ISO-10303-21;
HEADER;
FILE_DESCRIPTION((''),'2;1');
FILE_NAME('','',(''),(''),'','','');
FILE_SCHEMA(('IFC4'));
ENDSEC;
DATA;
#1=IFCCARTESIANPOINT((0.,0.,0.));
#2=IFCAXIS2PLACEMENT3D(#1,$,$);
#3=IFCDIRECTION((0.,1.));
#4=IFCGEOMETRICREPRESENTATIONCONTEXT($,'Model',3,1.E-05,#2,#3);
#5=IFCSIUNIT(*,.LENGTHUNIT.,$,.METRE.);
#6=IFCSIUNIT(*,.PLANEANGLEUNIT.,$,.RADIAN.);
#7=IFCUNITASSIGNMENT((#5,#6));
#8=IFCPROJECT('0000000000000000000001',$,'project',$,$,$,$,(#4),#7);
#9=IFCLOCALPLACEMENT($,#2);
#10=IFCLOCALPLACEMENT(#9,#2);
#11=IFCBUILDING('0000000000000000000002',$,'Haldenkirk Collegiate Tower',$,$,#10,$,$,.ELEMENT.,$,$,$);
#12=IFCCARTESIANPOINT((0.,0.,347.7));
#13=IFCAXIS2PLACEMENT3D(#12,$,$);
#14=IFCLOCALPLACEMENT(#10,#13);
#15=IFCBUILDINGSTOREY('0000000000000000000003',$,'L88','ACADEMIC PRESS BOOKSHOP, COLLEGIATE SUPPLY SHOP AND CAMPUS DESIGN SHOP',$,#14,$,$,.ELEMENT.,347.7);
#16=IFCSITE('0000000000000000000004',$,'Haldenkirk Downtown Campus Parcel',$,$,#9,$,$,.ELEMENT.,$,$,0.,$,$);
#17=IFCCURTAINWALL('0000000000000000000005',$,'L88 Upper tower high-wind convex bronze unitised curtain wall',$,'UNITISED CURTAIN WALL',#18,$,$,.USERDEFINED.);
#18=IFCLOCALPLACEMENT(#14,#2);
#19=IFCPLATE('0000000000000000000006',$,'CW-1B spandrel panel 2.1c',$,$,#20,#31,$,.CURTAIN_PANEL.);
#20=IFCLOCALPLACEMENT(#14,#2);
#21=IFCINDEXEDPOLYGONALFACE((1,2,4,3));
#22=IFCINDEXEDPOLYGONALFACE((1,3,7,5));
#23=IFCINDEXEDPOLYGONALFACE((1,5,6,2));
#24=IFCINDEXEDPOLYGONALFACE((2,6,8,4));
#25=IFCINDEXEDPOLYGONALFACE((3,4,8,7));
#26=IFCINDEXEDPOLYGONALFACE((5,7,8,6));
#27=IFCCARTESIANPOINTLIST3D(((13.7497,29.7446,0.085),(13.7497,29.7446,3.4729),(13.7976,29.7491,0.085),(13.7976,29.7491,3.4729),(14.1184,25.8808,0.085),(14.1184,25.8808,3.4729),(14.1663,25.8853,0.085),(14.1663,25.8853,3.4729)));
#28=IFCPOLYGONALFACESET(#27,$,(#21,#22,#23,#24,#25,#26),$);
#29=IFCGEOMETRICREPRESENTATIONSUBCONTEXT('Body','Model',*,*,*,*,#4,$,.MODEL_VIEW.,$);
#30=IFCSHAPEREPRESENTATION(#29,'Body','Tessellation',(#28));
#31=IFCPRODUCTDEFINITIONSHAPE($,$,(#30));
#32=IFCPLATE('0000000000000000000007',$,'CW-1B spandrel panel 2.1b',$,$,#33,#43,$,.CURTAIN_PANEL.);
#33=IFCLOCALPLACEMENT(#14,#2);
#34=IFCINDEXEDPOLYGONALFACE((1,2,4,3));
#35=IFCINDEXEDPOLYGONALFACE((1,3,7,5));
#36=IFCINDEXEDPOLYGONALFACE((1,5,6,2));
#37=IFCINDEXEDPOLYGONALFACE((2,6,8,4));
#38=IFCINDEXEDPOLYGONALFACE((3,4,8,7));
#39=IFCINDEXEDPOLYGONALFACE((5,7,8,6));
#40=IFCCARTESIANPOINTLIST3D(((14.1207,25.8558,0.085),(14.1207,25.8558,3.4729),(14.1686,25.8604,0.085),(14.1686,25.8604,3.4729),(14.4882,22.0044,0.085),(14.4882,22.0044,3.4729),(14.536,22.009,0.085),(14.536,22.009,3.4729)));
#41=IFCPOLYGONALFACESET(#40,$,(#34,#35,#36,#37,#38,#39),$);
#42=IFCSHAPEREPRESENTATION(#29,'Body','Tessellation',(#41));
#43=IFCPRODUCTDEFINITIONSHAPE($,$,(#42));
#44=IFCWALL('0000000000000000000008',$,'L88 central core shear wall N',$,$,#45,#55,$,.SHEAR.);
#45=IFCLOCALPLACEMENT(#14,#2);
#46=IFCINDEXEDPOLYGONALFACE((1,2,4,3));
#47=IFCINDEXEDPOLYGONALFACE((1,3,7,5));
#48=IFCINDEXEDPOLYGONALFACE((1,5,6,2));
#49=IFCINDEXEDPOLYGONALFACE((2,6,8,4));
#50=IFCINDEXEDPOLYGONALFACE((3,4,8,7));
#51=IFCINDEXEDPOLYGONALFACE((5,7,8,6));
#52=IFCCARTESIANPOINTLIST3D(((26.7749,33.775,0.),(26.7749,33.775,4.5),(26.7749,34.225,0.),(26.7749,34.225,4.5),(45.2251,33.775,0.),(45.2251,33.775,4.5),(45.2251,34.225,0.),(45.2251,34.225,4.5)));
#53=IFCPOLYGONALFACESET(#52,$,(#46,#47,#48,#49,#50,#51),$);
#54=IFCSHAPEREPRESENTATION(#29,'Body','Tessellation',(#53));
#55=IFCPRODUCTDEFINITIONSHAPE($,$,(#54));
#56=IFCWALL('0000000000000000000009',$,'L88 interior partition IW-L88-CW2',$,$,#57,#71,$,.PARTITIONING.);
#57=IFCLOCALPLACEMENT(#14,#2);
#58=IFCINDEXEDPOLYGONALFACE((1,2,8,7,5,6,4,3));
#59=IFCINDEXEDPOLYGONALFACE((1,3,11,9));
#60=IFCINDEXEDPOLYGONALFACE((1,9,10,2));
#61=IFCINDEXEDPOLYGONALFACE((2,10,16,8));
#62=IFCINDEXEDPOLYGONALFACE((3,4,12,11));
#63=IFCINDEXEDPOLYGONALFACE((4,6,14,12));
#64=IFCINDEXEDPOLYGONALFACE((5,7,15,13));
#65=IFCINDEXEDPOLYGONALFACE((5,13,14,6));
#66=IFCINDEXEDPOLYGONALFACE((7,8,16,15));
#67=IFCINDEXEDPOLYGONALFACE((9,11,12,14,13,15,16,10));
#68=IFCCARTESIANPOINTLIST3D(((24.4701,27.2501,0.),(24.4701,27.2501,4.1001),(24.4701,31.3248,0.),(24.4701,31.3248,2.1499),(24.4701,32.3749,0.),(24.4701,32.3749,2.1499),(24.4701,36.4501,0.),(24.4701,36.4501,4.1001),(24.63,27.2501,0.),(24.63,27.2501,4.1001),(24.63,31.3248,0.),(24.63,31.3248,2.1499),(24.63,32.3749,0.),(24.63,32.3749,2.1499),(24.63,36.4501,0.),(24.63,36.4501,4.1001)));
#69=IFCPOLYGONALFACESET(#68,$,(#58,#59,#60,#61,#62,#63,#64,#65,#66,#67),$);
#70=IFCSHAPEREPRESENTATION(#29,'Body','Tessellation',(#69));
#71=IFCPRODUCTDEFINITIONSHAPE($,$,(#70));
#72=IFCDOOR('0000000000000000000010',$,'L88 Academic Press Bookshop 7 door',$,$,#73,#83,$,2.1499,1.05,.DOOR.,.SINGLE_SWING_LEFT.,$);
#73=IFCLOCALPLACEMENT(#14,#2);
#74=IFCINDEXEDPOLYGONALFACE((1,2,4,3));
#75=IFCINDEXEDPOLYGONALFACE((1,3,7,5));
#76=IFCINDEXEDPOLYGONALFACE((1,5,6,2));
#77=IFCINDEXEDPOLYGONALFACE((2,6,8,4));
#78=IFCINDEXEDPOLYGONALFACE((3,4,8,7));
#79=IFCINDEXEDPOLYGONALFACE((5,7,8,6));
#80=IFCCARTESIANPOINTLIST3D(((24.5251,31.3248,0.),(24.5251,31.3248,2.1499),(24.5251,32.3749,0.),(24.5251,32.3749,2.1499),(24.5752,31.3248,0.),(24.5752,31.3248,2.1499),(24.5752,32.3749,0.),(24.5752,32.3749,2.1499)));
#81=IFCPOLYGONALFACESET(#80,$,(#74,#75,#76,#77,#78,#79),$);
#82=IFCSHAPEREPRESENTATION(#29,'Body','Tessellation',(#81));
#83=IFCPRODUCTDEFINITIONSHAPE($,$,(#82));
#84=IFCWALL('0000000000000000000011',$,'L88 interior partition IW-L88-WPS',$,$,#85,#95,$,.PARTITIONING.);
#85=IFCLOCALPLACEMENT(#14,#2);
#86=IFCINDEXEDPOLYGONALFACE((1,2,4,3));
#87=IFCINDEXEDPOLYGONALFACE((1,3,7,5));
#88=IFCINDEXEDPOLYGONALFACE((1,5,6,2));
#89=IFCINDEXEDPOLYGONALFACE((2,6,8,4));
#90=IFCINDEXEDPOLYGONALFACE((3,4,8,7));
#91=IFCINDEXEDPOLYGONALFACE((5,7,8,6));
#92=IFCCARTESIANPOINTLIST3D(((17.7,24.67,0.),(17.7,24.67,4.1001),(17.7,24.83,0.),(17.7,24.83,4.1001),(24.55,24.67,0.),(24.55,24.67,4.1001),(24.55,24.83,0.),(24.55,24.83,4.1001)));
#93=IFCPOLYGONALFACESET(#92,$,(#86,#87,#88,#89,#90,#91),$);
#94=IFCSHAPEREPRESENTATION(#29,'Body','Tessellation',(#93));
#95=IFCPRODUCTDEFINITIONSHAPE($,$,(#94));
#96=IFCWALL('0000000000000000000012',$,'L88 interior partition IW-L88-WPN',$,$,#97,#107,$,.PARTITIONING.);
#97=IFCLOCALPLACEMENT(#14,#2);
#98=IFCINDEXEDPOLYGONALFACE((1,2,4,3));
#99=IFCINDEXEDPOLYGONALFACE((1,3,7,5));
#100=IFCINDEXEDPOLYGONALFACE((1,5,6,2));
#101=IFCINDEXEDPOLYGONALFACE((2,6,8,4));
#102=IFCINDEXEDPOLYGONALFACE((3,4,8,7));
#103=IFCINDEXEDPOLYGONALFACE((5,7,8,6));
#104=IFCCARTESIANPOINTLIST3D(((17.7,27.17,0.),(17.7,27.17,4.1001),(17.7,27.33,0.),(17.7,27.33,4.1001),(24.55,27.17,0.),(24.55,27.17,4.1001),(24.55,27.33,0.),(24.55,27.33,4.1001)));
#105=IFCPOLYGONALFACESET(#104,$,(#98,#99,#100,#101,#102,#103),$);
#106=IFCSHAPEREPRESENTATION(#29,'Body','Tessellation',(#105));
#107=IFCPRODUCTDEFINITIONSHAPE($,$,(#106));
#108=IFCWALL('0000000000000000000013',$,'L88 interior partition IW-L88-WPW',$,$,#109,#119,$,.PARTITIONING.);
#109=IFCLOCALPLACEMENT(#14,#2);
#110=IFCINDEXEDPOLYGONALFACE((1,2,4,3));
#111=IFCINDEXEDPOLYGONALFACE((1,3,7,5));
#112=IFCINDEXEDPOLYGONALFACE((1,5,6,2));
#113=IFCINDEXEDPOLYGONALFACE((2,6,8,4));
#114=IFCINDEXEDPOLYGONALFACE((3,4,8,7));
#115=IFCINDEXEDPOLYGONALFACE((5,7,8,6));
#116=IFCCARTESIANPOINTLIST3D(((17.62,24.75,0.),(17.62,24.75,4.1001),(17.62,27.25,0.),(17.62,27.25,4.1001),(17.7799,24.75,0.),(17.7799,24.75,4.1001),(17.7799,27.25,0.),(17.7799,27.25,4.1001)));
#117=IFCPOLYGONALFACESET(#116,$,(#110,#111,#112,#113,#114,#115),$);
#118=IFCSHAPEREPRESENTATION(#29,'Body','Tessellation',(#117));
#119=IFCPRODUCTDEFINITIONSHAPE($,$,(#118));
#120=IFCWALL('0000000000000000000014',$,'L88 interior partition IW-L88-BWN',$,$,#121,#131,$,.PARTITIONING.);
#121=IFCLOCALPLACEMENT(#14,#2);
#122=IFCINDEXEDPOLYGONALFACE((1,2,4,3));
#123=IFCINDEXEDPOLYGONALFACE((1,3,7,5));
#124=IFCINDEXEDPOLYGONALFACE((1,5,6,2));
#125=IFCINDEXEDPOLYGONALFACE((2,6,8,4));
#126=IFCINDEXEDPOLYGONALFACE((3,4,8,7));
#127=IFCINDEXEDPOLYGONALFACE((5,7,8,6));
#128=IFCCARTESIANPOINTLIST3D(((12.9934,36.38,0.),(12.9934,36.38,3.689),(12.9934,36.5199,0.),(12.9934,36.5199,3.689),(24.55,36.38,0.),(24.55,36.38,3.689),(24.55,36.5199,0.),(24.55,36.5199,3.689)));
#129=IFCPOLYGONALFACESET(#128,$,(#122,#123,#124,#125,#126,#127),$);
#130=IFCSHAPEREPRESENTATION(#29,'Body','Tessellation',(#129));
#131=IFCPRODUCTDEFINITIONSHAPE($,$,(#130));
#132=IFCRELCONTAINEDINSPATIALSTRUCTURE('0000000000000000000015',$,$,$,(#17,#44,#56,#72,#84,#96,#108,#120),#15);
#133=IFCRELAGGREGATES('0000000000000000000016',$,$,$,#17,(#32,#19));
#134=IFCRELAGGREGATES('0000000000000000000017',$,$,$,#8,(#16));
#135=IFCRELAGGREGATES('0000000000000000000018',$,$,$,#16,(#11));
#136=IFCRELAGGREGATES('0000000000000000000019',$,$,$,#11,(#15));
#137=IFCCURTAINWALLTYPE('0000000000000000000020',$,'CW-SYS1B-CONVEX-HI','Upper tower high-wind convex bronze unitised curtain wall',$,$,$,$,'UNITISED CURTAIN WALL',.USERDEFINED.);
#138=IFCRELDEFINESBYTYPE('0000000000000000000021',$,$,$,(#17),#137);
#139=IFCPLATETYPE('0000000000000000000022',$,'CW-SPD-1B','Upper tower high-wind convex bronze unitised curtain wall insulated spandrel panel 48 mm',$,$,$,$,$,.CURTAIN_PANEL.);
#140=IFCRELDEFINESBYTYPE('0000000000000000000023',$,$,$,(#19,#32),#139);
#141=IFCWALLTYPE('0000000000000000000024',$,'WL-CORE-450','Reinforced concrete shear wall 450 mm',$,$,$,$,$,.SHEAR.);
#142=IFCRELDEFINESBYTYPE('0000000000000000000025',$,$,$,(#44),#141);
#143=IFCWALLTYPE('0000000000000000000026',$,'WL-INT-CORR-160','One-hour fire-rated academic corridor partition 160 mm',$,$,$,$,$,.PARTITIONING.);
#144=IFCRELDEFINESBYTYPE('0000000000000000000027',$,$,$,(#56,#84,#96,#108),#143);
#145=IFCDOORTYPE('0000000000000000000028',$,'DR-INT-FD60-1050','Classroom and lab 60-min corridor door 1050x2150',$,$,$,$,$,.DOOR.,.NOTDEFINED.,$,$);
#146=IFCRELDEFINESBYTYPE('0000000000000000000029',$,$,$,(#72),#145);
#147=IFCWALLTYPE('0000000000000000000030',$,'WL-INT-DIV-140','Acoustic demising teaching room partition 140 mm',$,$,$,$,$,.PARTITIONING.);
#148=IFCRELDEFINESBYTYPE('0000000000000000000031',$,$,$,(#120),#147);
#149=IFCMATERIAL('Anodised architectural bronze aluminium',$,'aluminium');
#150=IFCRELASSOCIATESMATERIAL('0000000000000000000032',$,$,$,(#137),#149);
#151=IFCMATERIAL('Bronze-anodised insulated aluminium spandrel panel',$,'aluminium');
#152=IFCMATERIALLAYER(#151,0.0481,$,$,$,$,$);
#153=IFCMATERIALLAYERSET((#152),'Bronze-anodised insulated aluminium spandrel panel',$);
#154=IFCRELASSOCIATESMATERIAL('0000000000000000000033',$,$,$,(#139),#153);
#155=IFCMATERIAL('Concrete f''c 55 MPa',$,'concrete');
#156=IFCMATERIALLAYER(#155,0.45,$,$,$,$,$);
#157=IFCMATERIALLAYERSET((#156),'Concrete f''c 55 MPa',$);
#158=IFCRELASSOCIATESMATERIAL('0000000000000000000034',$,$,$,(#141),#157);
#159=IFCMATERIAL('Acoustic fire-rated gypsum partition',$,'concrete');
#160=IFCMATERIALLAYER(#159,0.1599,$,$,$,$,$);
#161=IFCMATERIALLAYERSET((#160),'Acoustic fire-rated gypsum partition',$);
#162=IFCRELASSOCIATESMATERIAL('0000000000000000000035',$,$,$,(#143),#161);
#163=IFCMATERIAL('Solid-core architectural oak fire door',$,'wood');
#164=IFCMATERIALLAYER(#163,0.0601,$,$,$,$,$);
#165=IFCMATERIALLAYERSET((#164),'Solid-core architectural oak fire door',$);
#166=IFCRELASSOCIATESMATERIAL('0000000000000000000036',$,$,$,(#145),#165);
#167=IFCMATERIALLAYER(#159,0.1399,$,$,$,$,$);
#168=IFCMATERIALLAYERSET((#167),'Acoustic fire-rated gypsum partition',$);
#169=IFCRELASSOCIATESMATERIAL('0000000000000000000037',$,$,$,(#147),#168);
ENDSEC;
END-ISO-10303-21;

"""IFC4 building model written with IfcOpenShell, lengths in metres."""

from ifc_helpers import new_model, si_unit, direction, frame, frame_2d, origin, origin_2d, place, context, subcontext, project, spatial, rectangle, extrude, source, transform, mapped, material, layer, layer_set, type_object, element, fill, aggregate, save


model = new_model("IFC4")

# Units and contexts
model_context = context("Model", 3, precision=1e-05, world=origin(), true_north=direction((0.0, 1.0)))
body_context = subcontext(model_context, "Body", "Model", "MODEL_VIEW")
ifc_project = project(units=[si_unit("LENGTHUNIT", "METRE"), si_unit("PLANEANGLEUNIT", "RADIAN")], contexts=[model_context])

# Site, building, storey
site_placement = place(None, origin())
site = spatial("IfcSite", under=ifc_project, at=site_placement, Name="Haldenkirk Downtown Campus Parcel", CompositionType="ELEMENT", RefElevation=0.0)
building_placement = place(site_placement, origin())
building = spatial("IfcBuilding", under=site, at=building_placement, Name="Haldenkirk Collegiate Tower", CompositionType="ELEMENT")
storey_placement = place(building_placement, frame((0.0, 0.0, 347.7)))
storey = spatial("IfcBuildingStorey", under=building, at=storey_placement, Name="L88", Description="ACADEMIC PRESS BOOKSHOP, COLLEGIATE SUPPLY SHOP AND CAMPUS DESIGN SHOP", CompositionType="ELEMENT", Elevation=347.7)

# Curtain wall, plates
ifc_material_1 = material(Name="Anodised architectural bronze aluminium", Category="aluminium")
curtain_wall_type = type_object("IfcCurtainWallType", Name="CW-SYS1B-CONVEX-HI", Description="Upper tower high-wind convex bronze unitised curtain wall", ElementType="UNITISED CURTAIN WALL", PredefinedType="USERDEFINED", material=ifc_material_1)
curtain_wall_placement = place(storey_placement, origin())
curtain_wall = element("IfcCurtainWall", 1, at=curtain_wall_placement, inside=storey, type_object=curtain_wall_type, Name="L88 Upper tower high-wind convex bronze unitised curtain wall", ObjectType="UNITISED CURTAIN WALL", PredefinedType="USERDEFINED")
ifc_material_2 = material(Name="Bronze-anodised insulated aluminium spandrel panel", Category="aluminium")
ifc_layer_1 = layer(ifc_material_2, 0.0481)
ifc_layer_set_1 = layer_set([ifc_layer_1], Name="Bronze-anodised insulated aluminium spandrel panel")
plate_type_1 = type_object("IfcPlateType", Name="CW-SPD-1B", Description="Upper tower high-wind convex bronze unitised curtain wall insulated spandrel panel 48 mm", PredefinedType="CURTAIN_PANEL", material=ifc_layer_set_1)
shared_shape_1 = source(origin(), body_context, "Body", "SweptSolid", [
    extrude(rectangle(XDim=3.8813, YDim=0.0481, at=origin_2d()), origin(), (0.0, 0.0, 1.0), 3.3879),
])
plate_1_placement = place(storey_placement, frame((13.958, 27.8149, 0.085), z_axis=(0.0, 0.0, 1.0), x_axis=(-0.094977, 0.995479, 0.0)))
plate_1 = element("IfcPlate", 2, at=plate_1_placement, type_object=plate_type_1, Name="CW-1B spandrel panel 2.1c", PredefinedType="CURTAIN_PANEL", context=body_context, shape_type="MappedRepresentation", body=[
    mapped(shared_shape_1, transform((0.0, 0.0, 0.0), x_axis=(1.0, 0.0, 0.0), y_axis=(0.0, 1.0, 0.0), z_axis=(0.0, 0.0, 1.0), scale=1.0)),
])
shared_shape_2 = source(origin(), body_context, "Body", "SweptSolid", [
    extrude(rectangle(XDim=3.8689, YDim=0.0481, at=origin_2d()), origin(), (0.0, 0.0, 1.0), 3.3879),
])
plate_2_placement = place(storey_placement, frame((14.3284, 23.9324, 0.085), z_axis=(0.0, 0.0, 1.0), x_axis=(-0.094977, 0.995479, 0.0)))
plate_2 = element("IfcPlate", 3, at=plate_2_placement, type_object=plate_type_1, Name="CW-1B spandrel panel 2.1b", PredefinedType="CURTAIN_PANEL", context=body_context, shape_type="MappedRepresentation", body=[
    mapped(shared_shape_2, transform((0.0, 0.0, 0.0), x_axis=(1.0, 0.0, 0.0), y_axis=(0.0, 1.0, 0.0), z_axis=(0.0, 0.0, 1.0), scale=1.0)),
])
aggregate(curtain_wall, [plate_2, plate_1])

# Wall
ifc_material_3 = material(Name="Concrete f'c 55 MPa", Category="concrete")
ifc_layer_2 = layer(ifc_material_3, 0.45)
ifc_layer_set_2 = layer_set([ifc_layer_2], Name="Concrete f'c 55 MPa")
wall_type_1 = type_object("IfcWallType", Name="WL-CORE-450", Description="Reinforced concrete shear wall 450 mm", PredefinedType="SHEAR", material=ifc_layer_set_2)
wall_1_placement = place(storey_placement, frame((26.7749, 34.0, 0.0), z_axis=(0.0, 0.0, 1.0), x_axis=(1.0, 0.0, 0.0)))
element("IfcWall", 4, at=wall_1_placement, inside=storey, type_object=wall_type_1, Name="L88 central core shear wall N", PredefinedType="SHEAR", context=body_context, shape_type="SweptSolid", body=[
    extrude(rectangle(XDim=18.4502, YDim=0.45, at=frame_2d((9.2251, 0.0))), origin(), (0.0, 0.0, 1.0), 4.5),
])

# Wall, opening, door
ifc_material_4 = material(Name="Acoustic fire-rated gypsum partition", Category="concrete")
ifc_layer_3 = layer(ifc_material_4, 0.1599)
ifc_layer_set_3 = layer_set([ifc_layer_3], Name="Acoustic fire-rated gypsum partition")
wall_type_2 = type_object("IfcWallType", Name="WL-INT-CORR-160", Description="One-hour fire-rated academic corridor partition 160 mm", PredefinedType="PARTITIONING", material=ifc_layer_set_3)
wall_2_placement = place(storey_placement, frame((24.55, 27.25, 0.0), z_axis=(0.0, 0.0, 1.0), x_axis=(0.0, 1.0, 0.0)))
wall_2 = element("IfcWall", 5, at=wall_2_placement, inside=storey, type_object=wall_type_2, Name="L88 interior partition IW-L88-CW2", PredefinedType="PARTITIONING", context=body_context, shape_type="SweptSolid", body=[
    extrude(rectangle(XDim=9.2, YDim=0.1599, at=frame_2d((4.6001, 0.0))), origin(), (0.0, 0.0, 1.0), 4.1001),
])
opening_placement = place(wall_2_placement, frame((4.075, 0.0, 0.0)))
opening = element("IfcOpeningElement", 6, at=opening_placement, cuts=wall_2, PredefinedType="OPENING", context=body_context, shape_type="SweptSolid", body=[
    extrude(rectangle(XDim=1.05, YDim=2.1499, at=frame_2d((0.5249, 1.075))), frame((0.0, 0.0898, 0.0), z_axis=(0.0, -1.0, 0.0), x_axis=(1.0, 0.0, 0.0)), (0.0, 0.0, 1.0), 0.1799),
])
ifc_material_5 = material(Name="Solid-core architectural oak fire door", Category="wood")
ifc_layer_4 = layer(ifc_material_5, 0.0601)
ifc_layer_set_4 = layer_set([ifc_layer_4], Name="Solid-core architectural oak fire door")
door_type = type_object("IfcDoorType", Name="DR-INT-FD60-1050", Description="Classroom and lab 60-min corridor door 1050x2150", OperationType="NOTDEFINED", PredefinedType="DOOR", material=ifc_layer_set_4)
door_placement = place(opening_placement, origin())
door = element("IfcDoor", 7, at=door_placement, inside=storey, type_object=door_type, Name="L88 Academic Press Bookshop 7 door", OperationType="SINGLE_SWING_LEFT", OverallHeight=2.1499, OverallWidth=1.05, PredefinedType="DOOR", context=body_context, shape_type="SweptSolid", body=[
    extrude(rectangle(XDim=1.05, YDim=2.1499, at=frame_2d((0.5249, 1.075))), frame((0.0, 0.0249, 0.0), z_axis=(0.0, -1.0, 0.0), x_axis=(1.0, 0.0, 0.0)), (0.0, 0.0, 1.0), 0.05),
])
fill(opening, door)

# Walls
for number, where, z_axis, x_axis, name in (
    (8, (17.7, 24.75, 0.0), (0.0, 0.0, 1.0), (1.0, 0.0, 0.0), "L88 interior partition IW-L88-WPS"),
    (9, (17.7, 27.25, 0.0), (0.0, 0.0, 1.0), (1.0, 0.0, 0.0), "L88 interior partition IW-L88-WPN"),
):
    element("IfcWall", number, at=place(storey_placement, frame(where, z_axis=z_axis, x_axis=x_axis)), inside=storey, type_object=wall_type_2, Name=name, PredefinedType="PARTITIONING", context=body_context, shape_type="SweptSolid", body=[
        extrude(rectangle(XDim=6.8501, YDim=0.1599, at=frame_2d((3.425, 0.0))), origin(), (0.0, 0.0, 1.0), 4.1001),
    ])
wall_3_placement = place(storey_placement, frame((17.7, 24.75, 0.0), z_axis=(0.0, 0.0, 1.0), x_axis=(0.0, 1.0, 0.0)))
element("IfcWall", 10, at=wall_3_placement, inside=storey, type_object=wall_type_2, Name="L88 interior partition IW-L88-WPW", PredefinedType="PARTITIONING", context=body_context, shape_type="SweptSolid", body=[
    extrude(rectangle(XDim=2.5, YDim=0.1599, at=frame_2d((1.25, 0.0))), origin(), (0.0, 0.0, 1.0), 4.1001),
])
ifc_layer_5 = layer(ifc_material_4, 0.1399)
ifc_layer_set_5 = layer_set([ifc_layer_5], Name="Acoustic fire-rated gypsum partition")
wall_type_3 = type_object("IfcWallType", Name="WL-INT-DIV-140", Description="Acoustic demising teaching room partition 140 mm", PredefinedType="PARTITIONING", material=ifc_layer_set_5)
wall_4_placement = place(storey_placement, frame((12.9934, 36.45, 0.0), z_axis=(0.0, 0.0, 1.0), x_axis=(1.0, 0.0, 0.0)))
element("IfcWall", 11, at=wall_4_placement, inside=storey, type_object=wall_type_3, Name="L88 interior partition IW-L88-BWN", PredefinedType="PARTITIONING", context=body_context, shape_type="SweptSolid", body=[
    extrude(rectangle(XDim=11.5566, YDim=0.1399, at=frame_2d((5.7783, 0.0))), origin(), (0.0, 0.0, 1.0), 3.689),
])

save(model, "model.ifc")
